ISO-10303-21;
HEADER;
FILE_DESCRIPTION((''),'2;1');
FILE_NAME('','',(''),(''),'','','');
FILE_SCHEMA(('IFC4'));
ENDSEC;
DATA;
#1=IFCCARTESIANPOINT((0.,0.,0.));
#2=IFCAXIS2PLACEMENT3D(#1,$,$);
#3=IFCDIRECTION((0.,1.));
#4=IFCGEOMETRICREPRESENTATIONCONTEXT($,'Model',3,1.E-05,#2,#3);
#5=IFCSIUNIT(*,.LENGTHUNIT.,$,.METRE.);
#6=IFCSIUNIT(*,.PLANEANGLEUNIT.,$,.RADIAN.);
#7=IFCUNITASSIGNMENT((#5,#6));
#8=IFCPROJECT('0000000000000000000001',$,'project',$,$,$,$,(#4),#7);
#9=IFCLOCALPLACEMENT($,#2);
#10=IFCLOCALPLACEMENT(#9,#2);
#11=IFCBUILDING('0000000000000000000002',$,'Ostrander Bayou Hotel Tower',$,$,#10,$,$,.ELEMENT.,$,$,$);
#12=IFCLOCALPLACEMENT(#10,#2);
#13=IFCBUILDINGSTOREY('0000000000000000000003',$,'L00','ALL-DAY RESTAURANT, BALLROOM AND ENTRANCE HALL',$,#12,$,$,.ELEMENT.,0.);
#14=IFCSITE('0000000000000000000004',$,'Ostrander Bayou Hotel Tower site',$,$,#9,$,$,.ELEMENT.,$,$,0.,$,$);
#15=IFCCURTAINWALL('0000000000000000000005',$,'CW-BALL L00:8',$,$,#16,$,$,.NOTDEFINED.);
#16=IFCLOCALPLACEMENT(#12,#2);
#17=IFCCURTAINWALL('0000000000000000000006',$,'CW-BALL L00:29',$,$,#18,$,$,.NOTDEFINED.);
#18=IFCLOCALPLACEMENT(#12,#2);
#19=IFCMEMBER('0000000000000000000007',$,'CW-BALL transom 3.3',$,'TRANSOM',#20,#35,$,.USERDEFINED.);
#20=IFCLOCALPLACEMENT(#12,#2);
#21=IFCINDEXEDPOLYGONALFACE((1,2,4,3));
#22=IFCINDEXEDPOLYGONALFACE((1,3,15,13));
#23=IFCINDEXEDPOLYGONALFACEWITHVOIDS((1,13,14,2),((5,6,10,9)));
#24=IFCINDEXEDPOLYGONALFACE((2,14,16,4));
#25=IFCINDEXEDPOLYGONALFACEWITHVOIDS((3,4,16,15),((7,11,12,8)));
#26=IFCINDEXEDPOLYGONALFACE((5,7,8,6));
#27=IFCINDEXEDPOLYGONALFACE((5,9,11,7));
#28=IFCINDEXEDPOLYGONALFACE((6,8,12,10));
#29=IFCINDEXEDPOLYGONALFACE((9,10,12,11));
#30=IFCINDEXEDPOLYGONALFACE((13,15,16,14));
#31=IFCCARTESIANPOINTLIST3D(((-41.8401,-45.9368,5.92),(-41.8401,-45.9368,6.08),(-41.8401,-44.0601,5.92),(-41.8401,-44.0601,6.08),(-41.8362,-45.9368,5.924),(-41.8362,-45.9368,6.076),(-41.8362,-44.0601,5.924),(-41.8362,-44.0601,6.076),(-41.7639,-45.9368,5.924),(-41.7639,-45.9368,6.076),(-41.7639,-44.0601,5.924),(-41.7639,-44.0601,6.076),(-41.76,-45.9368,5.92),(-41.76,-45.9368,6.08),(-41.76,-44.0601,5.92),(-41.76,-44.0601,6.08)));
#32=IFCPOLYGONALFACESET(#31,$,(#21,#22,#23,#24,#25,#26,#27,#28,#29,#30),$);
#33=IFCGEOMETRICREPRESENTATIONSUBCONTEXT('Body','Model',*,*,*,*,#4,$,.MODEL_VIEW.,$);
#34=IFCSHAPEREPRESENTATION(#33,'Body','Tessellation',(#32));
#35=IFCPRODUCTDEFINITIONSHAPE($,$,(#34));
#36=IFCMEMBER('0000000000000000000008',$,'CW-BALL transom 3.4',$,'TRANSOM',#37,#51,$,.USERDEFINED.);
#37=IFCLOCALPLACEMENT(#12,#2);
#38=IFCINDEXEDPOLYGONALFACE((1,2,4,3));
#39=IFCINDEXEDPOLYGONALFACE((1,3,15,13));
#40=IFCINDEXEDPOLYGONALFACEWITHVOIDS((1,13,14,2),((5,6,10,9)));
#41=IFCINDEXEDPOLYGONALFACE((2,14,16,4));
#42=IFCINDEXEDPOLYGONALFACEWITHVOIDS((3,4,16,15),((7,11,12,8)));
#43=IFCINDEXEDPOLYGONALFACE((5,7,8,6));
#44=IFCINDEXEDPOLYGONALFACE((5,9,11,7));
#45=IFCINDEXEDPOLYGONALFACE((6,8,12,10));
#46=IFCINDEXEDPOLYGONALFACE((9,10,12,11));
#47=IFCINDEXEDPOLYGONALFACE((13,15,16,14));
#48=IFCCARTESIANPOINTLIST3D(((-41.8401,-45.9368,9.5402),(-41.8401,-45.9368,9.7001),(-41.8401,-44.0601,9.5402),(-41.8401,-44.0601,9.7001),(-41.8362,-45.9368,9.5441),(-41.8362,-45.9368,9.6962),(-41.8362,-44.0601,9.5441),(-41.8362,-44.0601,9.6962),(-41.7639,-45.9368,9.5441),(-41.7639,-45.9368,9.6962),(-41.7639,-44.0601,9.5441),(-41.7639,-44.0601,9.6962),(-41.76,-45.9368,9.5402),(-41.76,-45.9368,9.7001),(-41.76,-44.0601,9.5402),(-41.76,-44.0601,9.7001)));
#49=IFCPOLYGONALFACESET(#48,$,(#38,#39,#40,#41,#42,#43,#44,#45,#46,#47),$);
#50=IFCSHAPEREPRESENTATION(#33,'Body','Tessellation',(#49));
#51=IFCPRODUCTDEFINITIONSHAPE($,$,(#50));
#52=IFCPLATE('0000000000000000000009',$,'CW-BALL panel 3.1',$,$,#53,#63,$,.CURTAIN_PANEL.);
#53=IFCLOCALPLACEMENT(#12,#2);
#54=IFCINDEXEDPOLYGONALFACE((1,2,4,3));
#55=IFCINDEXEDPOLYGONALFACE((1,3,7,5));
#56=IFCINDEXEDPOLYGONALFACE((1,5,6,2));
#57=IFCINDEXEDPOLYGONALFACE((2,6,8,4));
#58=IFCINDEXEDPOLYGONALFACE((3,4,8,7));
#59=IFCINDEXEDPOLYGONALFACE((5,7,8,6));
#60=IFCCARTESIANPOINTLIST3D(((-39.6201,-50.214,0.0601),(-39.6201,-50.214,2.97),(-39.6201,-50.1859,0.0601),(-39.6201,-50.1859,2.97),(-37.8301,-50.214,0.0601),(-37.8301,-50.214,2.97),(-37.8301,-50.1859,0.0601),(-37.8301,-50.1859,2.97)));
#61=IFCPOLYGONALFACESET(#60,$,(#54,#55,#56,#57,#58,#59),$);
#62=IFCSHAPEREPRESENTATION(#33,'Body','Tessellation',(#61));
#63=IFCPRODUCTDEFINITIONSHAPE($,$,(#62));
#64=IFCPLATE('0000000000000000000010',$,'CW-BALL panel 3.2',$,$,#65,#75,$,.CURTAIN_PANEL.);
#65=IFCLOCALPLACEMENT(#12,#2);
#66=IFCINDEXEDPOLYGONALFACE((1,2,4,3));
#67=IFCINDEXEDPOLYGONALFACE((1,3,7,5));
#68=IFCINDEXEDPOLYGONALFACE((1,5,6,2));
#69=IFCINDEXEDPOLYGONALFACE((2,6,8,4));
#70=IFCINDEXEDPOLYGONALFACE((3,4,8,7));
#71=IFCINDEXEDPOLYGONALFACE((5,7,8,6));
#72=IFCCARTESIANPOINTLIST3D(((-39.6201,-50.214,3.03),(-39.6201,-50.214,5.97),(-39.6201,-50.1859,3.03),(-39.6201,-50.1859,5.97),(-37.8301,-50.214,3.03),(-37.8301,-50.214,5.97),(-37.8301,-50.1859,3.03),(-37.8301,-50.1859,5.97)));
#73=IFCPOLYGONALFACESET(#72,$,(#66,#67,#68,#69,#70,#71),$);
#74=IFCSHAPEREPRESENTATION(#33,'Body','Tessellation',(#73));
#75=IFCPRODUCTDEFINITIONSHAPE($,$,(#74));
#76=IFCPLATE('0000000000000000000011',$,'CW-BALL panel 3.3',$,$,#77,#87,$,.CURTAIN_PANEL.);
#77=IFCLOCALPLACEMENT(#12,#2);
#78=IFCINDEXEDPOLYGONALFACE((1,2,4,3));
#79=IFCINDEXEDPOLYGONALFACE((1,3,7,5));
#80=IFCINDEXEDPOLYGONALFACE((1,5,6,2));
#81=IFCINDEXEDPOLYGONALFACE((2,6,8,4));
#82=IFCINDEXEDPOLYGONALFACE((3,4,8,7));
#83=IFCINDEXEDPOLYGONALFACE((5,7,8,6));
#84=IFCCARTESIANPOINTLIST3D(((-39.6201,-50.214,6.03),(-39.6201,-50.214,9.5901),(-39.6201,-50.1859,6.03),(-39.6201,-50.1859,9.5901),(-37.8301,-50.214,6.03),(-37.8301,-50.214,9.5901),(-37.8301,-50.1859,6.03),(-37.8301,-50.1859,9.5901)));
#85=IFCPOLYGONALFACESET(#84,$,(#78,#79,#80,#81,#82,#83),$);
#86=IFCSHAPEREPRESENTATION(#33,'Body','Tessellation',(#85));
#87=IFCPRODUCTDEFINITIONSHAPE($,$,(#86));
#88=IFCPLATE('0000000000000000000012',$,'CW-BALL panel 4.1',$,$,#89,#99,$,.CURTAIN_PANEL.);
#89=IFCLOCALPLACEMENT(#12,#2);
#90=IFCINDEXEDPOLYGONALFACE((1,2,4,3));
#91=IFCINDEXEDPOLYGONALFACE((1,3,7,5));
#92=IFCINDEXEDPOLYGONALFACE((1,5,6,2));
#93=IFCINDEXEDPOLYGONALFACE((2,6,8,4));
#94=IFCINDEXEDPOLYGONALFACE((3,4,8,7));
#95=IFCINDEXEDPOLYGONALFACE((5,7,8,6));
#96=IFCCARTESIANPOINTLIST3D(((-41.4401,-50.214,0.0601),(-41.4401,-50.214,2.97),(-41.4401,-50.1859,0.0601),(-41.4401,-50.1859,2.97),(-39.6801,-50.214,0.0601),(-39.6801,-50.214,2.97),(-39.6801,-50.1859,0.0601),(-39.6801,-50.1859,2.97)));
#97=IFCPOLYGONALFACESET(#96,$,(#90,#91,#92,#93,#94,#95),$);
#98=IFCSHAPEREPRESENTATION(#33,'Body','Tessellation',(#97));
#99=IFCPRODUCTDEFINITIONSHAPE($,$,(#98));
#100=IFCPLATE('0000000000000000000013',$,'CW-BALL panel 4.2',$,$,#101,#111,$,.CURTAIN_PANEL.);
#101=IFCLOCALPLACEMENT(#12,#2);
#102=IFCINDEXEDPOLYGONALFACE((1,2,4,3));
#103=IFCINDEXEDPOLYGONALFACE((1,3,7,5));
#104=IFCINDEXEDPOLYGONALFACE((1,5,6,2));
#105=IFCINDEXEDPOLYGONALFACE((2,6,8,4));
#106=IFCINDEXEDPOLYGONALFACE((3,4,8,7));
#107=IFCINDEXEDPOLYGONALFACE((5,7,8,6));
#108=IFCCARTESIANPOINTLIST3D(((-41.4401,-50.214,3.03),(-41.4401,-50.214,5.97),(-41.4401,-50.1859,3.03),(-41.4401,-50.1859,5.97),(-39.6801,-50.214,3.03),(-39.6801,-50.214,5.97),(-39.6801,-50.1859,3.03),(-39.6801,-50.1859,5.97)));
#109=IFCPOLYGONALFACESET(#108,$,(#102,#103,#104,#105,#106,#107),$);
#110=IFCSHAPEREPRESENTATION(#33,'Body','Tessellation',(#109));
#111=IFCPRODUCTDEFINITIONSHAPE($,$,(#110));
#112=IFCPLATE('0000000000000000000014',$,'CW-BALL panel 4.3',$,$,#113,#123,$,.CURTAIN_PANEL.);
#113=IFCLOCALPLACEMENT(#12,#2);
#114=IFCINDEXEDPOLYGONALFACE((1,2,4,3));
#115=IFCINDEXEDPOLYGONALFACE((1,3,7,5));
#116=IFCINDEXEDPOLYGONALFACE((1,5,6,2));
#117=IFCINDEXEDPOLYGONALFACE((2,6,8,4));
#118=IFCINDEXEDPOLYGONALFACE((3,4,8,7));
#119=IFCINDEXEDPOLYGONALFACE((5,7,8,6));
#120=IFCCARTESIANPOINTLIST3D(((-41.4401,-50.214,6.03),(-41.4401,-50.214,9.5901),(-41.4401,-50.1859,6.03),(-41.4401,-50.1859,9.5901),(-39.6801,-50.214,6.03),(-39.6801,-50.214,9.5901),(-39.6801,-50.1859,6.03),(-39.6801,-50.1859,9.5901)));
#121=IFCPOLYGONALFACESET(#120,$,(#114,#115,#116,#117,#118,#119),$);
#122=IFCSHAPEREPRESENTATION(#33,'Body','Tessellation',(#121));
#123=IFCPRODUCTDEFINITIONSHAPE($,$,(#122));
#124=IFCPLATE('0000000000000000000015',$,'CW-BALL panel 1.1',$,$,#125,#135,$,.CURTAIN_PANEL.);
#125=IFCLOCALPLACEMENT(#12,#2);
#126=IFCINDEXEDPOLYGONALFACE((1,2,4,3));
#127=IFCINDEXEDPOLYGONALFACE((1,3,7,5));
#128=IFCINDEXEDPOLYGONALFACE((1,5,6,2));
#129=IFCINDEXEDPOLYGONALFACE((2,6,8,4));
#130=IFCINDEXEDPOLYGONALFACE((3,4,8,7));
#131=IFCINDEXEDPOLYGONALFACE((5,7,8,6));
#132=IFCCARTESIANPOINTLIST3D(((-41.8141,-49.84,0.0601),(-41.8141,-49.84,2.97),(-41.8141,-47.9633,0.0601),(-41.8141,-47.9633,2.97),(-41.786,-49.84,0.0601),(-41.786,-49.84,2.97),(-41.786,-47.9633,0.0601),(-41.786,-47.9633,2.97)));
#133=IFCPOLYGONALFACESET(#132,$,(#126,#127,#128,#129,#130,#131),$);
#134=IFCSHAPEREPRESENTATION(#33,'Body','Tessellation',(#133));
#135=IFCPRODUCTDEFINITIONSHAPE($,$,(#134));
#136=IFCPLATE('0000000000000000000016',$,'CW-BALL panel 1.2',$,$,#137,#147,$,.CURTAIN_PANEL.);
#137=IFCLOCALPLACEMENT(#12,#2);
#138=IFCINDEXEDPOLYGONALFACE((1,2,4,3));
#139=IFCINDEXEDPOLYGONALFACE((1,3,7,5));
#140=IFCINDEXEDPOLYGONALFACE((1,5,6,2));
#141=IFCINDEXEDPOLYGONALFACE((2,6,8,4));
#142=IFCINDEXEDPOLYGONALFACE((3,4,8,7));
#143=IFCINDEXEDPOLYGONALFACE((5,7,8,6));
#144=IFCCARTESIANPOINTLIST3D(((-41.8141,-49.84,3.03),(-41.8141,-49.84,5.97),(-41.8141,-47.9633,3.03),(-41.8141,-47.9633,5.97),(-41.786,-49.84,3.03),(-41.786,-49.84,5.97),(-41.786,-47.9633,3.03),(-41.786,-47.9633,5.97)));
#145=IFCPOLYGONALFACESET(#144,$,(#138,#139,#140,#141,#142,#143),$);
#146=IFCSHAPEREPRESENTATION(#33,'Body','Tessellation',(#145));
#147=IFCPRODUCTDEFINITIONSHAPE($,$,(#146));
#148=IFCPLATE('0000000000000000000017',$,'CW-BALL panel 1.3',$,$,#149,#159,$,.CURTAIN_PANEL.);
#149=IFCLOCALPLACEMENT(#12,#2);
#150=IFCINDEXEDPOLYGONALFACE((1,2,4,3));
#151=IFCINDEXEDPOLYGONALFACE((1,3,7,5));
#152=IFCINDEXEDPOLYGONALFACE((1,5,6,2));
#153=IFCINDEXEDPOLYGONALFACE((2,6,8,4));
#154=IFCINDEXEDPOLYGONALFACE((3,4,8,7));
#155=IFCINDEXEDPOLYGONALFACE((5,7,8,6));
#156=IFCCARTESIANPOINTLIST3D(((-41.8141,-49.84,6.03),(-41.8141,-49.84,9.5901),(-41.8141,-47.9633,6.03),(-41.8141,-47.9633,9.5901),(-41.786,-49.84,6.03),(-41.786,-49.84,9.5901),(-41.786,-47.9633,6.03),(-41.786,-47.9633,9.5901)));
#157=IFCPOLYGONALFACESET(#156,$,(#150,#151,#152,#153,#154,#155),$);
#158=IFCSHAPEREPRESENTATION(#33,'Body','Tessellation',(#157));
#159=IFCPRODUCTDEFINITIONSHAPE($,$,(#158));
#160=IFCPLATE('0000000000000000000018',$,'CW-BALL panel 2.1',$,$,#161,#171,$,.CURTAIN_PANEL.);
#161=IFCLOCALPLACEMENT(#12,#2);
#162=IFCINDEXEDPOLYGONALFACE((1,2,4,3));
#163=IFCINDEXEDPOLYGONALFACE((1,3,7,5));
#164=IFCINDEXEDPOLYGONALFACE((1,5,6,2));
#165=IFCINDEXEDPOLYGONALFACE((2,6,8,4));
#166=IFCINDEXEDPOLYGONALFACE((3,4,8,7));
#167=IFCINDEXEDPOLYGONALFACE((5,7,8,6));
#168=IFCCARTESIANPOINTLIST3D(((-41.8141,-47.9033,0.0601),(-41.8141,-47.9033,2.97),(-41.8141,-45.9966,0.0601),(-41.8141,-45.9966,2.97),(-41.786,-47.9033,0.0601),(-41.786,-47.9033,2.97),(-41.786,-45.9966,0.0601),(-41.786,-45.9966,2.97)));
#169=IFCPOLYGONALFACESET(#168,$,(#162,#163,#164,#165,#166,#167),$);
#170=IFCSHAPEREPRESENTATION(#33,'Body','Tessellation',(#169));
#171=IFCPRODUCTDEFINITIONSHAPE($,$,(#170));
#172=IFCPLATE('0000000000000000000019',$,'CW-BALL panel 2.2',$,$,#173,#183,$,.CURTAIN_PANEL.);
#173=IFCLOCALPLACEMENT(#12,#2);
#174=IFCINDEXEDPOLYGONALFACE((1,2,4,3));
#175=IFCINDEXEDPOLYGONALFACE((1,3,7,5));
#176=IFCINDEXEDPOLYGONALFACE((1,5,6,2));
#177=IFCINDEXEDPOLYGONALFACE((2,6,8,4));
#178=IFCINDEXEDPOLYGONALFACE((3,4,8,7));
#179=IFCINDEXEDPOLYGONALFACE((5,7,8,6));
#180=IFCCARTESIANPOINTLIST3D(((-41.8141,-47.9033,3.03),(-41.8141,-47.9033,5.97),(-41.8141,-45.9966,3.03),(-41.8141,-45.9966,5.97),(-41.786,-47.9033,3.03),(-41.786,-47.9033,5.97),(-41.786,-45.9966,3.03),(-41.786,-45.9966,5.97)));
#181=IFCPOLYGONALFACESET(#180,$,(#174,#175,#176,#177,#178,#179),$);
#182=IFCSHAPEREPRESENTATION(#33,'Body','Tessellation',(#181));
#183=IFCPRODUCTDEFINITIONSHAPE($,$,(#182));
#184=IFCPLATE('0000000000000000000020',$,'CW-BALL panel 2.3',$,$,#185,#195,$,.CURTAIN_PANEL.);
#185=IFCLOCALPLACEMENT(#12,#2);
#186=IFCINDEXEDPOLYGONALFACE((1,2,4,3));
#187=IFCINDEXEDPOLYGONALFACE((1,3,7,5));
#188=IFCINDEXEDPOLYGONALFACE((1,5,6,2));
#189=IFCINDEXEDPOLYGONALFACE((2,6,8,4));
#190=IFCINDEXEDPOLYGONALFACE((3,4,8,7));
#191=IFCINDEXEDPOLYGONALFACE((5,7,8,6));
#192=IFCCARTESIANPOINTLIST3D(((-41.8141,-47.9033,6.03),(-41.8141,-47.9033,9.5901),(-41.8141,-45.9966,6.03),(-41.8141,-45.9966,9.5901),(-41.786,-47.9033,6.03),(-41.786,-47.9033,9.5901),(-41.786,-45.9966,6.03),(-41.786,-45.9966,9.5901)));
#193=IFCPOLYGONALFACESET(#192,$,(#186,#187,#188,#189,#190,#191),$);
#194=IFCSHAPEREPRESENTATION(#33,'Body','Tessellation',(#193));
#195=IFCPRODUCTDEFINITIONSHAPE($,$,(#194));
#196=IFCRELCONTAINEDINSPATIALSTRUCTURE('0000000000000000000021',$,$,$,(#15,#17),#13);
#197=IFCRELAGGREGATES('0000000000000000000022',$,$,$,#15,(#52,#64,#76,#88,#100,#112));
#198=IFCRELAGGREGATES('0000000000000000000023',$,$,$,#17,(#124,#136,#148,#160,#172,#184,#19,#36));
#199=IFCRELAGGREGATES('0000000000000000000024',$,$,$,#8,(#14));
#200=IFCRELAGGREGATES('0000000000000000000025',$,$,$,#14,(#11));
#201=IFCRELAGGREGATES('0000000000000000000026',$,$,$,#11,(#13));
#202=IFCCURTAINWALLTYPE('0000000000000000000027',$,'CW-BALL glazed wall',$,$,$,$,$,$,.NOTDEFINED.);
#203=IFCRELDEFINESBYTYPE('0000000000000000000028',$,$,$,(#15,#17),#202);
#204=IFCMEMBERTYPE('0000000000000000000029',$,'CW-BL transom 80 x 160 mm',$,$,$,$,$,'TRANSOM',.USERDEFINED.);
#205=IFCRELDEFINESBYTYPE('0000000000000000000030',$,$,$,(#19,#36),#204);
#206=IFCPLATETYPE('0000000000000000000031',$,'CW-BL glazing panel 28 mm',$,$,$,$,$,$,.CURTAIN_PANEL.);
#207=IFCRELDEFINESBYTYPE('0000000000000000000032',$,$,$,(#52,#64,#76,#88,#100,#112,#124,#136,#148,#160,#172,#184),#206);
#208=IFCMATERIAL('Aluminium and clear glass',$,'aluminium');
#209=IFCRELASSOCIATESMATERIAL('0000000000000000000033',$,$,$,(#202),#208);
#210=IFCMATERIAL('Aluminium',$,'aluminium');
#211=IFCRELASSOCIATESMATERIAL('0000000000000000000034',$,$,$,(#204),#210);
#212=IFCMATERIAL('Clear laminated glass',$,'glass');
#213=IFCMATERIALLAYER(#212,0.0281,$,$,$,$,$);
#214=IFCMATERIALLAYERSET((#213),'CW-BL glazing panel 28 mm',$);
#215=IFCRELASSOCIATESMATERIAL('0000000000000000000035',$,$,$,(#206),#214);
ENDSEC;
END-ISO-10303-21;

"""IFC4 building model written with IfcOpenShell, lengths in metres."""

from ifc_helpers import new_model, si_unit, direction, frame, origin, origin_2d, place, context, subcontext, project, spatial, rectangle, hollow_rectangle, extrude, material, layer, layer_set, material_profile, profile_set, type_object, element, aggregate, save


model = new_model("IFC4")

# Units and contexts
model_context = context("Model", 3, precision=1e-05, world=origin(), true_north=direction((0.0, 1.0)))
body_context = subcontext(model_context, "Body", "Model", "MODEL_VIEW")
ifc_project = project(units=[si_unit("LENGTHUNIT", "METRE"), si_unit("PLANEANGLEUNIT", "RADIAN")], contexts=[model_context])

# Site, building, storey
site_placement = place(None, origin())
site = spatial("IfcSite", under=ifc_project, at=site_placement, Name="Ostrander Bayou Hotel Tower site", CompositionType="ELEMENT", RefElevation=0.0)
building_placement = place(site_placement, origin())
building = spatial("IfcBuilding", under=site, at=building_placement, Name="Ostrander Bayou Hotel Tower", CompositionType="ELEMENT")
storey_placement = place(building_placement, origin())
storey = spatial("IfcBuildingStorey", under=building, at=storey_placement, Name="L00", Description="ALL-DAY RESTAURANT, BALLROOM AND ENTRANCE HALL", CompositionType="ELEMENT", Elevation=0.0)

# Curtain walls
ifc_material_1 = material(Name="Aluminium and clear glass", Category="aluminium")
curtain_wall_type = type_object("IfcCurtainWallType", Name="CW-BALL glazed wall", PredefinedType="NOTDEFINED", material=ifc_material_1)
curtain_wall_1_placement = place(storey_placement, origin())
curtain_wall_1 = element("IfcCurtainWall", 1, at=curtain_wall_1_placement, inside=storey, type_object=curtain_wall_type, Name="CW-BALL L00:8", PredefinedType="NOTDEFINED")
curtain_wall_2_placement = place(storey_placement, origin())
curtain_wall_2 = element("IfcCurtainWall", 2, at=curtain_wall_2_placement, inside=storey, type_object=curtain_wall_type, Name="CW-BALL L00:29", PredefinedType="NOTDEFINED")

# Members
ifc_material_2 = material(Name="Aluminium", Category="aluminium")
ifc_material_profile_1 = material_profile(ifc_material_2, hollow_rectangle(XDim=0.0801, YDim=0.1599, WallThickness=0.0039, at=origin_2d()))
ifc_profile_set_1 = profile_set([ifc_material_profile_1], Name="Aluminium")
member_type_1 = type_object("IfcMemberType", Name="CW-BL transom 80 x 160 mm", ElementType="TRANSOM", PredefinedType="USERDEFINED", material=ifc_profile_set_1)
member_1_placement = place(storey_placement, frame((-41.8, -45.9368, 6.0), z_axis=(0.0, 1.0, 0.0), x_axis=(-1.0, 0.0, 0.0)))
member_1 = element("IfcMember", 3, at=member_1_placement, type_object=member_type_1, Name="CW-BALL transom 3.3", ObjectType="TRANSOM", PredefinedType="USERDEFINED", context=body_context, shape_type="SweptSolid", body=[
    extrude(hollow_rectangle(XDim=0.0801, YDim=0.1599, WallThickness=0.0039, at=origin_2d()), origin(), (0.0, 0.0, 1.0), 1.8767),
])
member_2_placement = place(storey_placement, frame((-41.8, -45.9368, 9.6201), z_axis=(0.0, 1.0, 0.0), x_axis=(-1.0, 0.0, 0.0)))
member_2 = element("IfcMember", 4, at=member_2_placement, type_object=member_type_1, Name="CW-BALL transom 3.4", ObjectType="TRANSOM", PredefinedType="USERDEFINED", context=body_context, shape_type="SweptSolid", body=[
    extrude(hollow_rectangle(XDim=0.0801, YDim=0.1599, WallThickness=0.0039, at=origin_2d()), origin(), (0.0, 0.0, 1.0), 1.8767),
])

# Plates
ifc_material_3 = material(Name="Clear laminated glass", Category="glass")
ifc_layer = layer(ifc_material_3, 0.0281)
ifc_layer_set = layer_set([ifc_layer], Name="CW-BL glazing panel 28 mm")
plate_type = type_object("IfcPlateType", Name="CW-BL glazing panel 28 mm", PredefinedType="CURTAIN_PANEL", material=ifc_layer_set)
plate_1_placement = place(storey_placement, frame((-38.7251, -50.2, 0.0601), z_axis=(0.0, 0.0, 1.0), x_axis=(-1.0, 0.0, 0.0)))
plate_1 = element("IfcPlate", 5, at=plate_1_placement, type_object=plate_type, Name="CW-BALL panel 3.1", PredefinedType="CURTAIN_PANEL", context=body_context, shape_type="SweptSolid", body=[
    extrude(rectangle(XDim=1.79, YDim=0.0281, at=origin_2d()), origin(), (0.0, 0.0, 1.0), 2.9099),
])
plate_2_placement = place(storey_placement, frame((-38.7251, -50.2, 3.03), z_axis=(0.0, 0.0, 1.0), x_axis=(-1.0, 0.0, 0.0)))
plate_2 = element("IfcPlate", 6, at=plate_2_placement, type_object=plate_type, Name="CW-BALL panel 3.2", PredefinedType="CURTAIN_PANEL", context=body_context, shape_type="SweptSolid", body=[
    extrude(rectangle(XDim=1.79, YDim=0.0281, at=origin_2d()), origin(), (0.0, 0.0, 1.0), 2.9399),
])
plate_3_placement = place(storey_placement, frame((-38.7251, -50.2, 6.03), z_axis=(0.0, 0.0, 1.0), x_axis=(-1.0, 0.0, 0.0)))
plate_3 = element("IfcPlate", 7, at=plate_3_placement, type_object=plate_type, Name="CW-BALL panel 3.3", PredefinedType="CURTAIN_PANEL", context=body_context, shape_type="SweptSolid", body=[
    extrude(rectangle(XDim=1.79, YDim=0.0281, at=origin_2d()), origin(), (0.0, 0.0, 1.0), 3.5601),
])
plate_4_placement = place(storey_placement, frame((-40.5601, -50.2, 0.0601), z_axis=(0.0, 0.0, 1.0), x_axis=(-1.0, 0.0, 0.0)))
plate_4 = element("IfcPlate", 8, at=plate_4_placement, type_object=plate_type, Name="CW-BALL panel 4.1", PredefinedType="CURTAIN_PANEL", context=body_context, shape_type="SweptSolid", body=[
    extrude(rectangle(XDim=1.76, YDim=0.0281, at=origin_2d()), origin(), (0.0, 0.0, 1.0), 2.9099),
])
plate_5_placement = place(storey_placement, frame((-40.5601, -50.2, 3.03), z_axis=(0.0, 0.0, 1.0), x_axis=(-1.0, 0.0, 0.0)))
plate_5 = element("IfcPlate", 9, at=plate_5_placement, type_object=plate_type, Name="CW-BALL panel 4.2", PredefinedType="CURTAIN_PANEL", context=body_context, shape_type="SweptSolid", body=[
    extrude(rectangle(XDim=1.76, YDim=0.0281, at=origin_2d()), origin(), (0.0, 0.0, 1.0), 2.9399),
])
plate_6_placement = place(storey_placement, frame((-40.5601, -50.2, 6.03), z_axis=(0.0, 0.0, 1.0), x_axis=(-1.0, 0.0, 0.0)))
plate_6 = element("IfcPlate", 10, at=plate_6_placement, type_object=plate_type, Name="CW-BALL panel 4.3", PredefinedType="CURTAIN_PANEL", context=body_context, shape_type="SweptSolid", body=[
    extrude(rectangle(XDim=1.76, YDim=0.0281, at=origin_2d()), origin(), (0.0, 0.0, 1.0), 3.5601),
])
aggregate(curtain_wall_1, [plate_1, plate_2, plate_3, plate_4, plate_5, plate_6])
plate_7_placement = place(storey_placement, frame((-41.8, -48.9016, 0.0601), z_axis=(0.0, 0.0, 1.0), x_axis=(0.0, 1.0, 0.0)))
plate_7 = element("IfcPlate", 11, at=plate_7_placement, type_object=plate_type, Name="CW-BALL panel 1.1", PredefinedType="CURTAIN_PANEL", context=body_context, shape_type="SweptSolid", body=[
    extrude(rectangle(XDim=1.8767, YDim=0.0281, at=origin_2d()), origin(), (0.0, 0.0, 1.0), 2.9099),
])
plate_8_placement = place(storey_placement, frame((-41.8, -48.9016, 3.03), z_axis=(0.0, 0.0, 1.0), x_axis=(0.0, 1.0, 0.0)))
plate_8 = element("IfcPlate", 12, at=plate_8_placement, type_object=plate_type, Name="CW-BALL panel 1.2", PredefinedType="CURTAIN_PANEL", context=body_context, shape_type="SweptSolid", body=[
    extrude(rectangle(XDim=1.8767, YDim=0.0281, at=origin_2d()), origin(), (0.0, 0.0, 1.0), 2.9399),
])
plate_9_placement = place(storey_placement, frame((-41.8, -48.9016, 6.03), z_axis=(0.0, 0.0, 1.0), x_axis=(0.0, 1.0, 0.0)))
plate_9 = element("IfcPlate", 13, at=plate_9_placement, type_object=plate_type, Name="CW-BALL panel 1.3", PredefinedType="CURTAIN_PANEL", context=body_context, shape_type="SweptSolid", body=[
    extrude(rectangle(XDim=1.8767, YDim=0.0281, at=origin_2d()), origin(), (0.0, 0.0, 1.0), 3.5601),
])
plate_10_placement = place(storey_placement, frame((-41.8, -46.95, 0.0601), z_axis=(0.0, 0.0, 1.0), x_axis=(0.0, 1.0, 0.0)))
plate_10 = element("IfcPlate", 14, at=plate_10_placement, type_object=plate_type, Name="CW-BALL panel 2.1", PredefinedType="CURTAIN_PANEL", context=body_context, shape_type="SweptSolid", body=[
    extrude(rectangle(XDim=1.9067, YDim=0.0281, at=origin_2d()), origin(), (0.0, 0.0, 1.0), 2.9099),
])
plate_11_placement = place(storey_placement, frame((-41.8, -46.95, 3.03), z_axis=(0.0, 0.0, 1.0), x_axis=(0.0, 1.0, 0.0)))
plate_11 = element("IfcPlate", 15, at=plate_11_placement, type_object=plate_type, Name="CW-BALL panel 2.2", PredefinedType="CURTAIN_PANEL", context=body_context, shape_type="SweptSolid", body=[
    extrude(rectangle(XDim=1.9067, YDim=0.0281, at=origin_2d()), origin(), (0.0, 0.0, 1.0), 2.9399),
])
plate_12_placement = place(storey_placement, frame((-41.8, -46.95, 6.03), z_axis=(0.0, 0.0, 1.0), x_axis=(0.0, 1.0, 0.0)))
plate_12 = element("IfcPlate", 16, at=plate_12_placement, type_object=plate_type, Name="CW-BALL panel 2.3", PredefinedType="CURTAIN_PANEL", context=body_context, shape_type="SweptSolid", body=[
    extrude(rectangle(XDim=1.9067, YDim=0.0281, at=origin_2d()), origin(), (0.0, 0.0, 1.0), 3.5601),
])
aggregate(curtain_wall_2, [plate_7, plate_8, plate_9, plate_10, plate_11, plate_12, member_1, member_2])

save(model, "model.ifc")
